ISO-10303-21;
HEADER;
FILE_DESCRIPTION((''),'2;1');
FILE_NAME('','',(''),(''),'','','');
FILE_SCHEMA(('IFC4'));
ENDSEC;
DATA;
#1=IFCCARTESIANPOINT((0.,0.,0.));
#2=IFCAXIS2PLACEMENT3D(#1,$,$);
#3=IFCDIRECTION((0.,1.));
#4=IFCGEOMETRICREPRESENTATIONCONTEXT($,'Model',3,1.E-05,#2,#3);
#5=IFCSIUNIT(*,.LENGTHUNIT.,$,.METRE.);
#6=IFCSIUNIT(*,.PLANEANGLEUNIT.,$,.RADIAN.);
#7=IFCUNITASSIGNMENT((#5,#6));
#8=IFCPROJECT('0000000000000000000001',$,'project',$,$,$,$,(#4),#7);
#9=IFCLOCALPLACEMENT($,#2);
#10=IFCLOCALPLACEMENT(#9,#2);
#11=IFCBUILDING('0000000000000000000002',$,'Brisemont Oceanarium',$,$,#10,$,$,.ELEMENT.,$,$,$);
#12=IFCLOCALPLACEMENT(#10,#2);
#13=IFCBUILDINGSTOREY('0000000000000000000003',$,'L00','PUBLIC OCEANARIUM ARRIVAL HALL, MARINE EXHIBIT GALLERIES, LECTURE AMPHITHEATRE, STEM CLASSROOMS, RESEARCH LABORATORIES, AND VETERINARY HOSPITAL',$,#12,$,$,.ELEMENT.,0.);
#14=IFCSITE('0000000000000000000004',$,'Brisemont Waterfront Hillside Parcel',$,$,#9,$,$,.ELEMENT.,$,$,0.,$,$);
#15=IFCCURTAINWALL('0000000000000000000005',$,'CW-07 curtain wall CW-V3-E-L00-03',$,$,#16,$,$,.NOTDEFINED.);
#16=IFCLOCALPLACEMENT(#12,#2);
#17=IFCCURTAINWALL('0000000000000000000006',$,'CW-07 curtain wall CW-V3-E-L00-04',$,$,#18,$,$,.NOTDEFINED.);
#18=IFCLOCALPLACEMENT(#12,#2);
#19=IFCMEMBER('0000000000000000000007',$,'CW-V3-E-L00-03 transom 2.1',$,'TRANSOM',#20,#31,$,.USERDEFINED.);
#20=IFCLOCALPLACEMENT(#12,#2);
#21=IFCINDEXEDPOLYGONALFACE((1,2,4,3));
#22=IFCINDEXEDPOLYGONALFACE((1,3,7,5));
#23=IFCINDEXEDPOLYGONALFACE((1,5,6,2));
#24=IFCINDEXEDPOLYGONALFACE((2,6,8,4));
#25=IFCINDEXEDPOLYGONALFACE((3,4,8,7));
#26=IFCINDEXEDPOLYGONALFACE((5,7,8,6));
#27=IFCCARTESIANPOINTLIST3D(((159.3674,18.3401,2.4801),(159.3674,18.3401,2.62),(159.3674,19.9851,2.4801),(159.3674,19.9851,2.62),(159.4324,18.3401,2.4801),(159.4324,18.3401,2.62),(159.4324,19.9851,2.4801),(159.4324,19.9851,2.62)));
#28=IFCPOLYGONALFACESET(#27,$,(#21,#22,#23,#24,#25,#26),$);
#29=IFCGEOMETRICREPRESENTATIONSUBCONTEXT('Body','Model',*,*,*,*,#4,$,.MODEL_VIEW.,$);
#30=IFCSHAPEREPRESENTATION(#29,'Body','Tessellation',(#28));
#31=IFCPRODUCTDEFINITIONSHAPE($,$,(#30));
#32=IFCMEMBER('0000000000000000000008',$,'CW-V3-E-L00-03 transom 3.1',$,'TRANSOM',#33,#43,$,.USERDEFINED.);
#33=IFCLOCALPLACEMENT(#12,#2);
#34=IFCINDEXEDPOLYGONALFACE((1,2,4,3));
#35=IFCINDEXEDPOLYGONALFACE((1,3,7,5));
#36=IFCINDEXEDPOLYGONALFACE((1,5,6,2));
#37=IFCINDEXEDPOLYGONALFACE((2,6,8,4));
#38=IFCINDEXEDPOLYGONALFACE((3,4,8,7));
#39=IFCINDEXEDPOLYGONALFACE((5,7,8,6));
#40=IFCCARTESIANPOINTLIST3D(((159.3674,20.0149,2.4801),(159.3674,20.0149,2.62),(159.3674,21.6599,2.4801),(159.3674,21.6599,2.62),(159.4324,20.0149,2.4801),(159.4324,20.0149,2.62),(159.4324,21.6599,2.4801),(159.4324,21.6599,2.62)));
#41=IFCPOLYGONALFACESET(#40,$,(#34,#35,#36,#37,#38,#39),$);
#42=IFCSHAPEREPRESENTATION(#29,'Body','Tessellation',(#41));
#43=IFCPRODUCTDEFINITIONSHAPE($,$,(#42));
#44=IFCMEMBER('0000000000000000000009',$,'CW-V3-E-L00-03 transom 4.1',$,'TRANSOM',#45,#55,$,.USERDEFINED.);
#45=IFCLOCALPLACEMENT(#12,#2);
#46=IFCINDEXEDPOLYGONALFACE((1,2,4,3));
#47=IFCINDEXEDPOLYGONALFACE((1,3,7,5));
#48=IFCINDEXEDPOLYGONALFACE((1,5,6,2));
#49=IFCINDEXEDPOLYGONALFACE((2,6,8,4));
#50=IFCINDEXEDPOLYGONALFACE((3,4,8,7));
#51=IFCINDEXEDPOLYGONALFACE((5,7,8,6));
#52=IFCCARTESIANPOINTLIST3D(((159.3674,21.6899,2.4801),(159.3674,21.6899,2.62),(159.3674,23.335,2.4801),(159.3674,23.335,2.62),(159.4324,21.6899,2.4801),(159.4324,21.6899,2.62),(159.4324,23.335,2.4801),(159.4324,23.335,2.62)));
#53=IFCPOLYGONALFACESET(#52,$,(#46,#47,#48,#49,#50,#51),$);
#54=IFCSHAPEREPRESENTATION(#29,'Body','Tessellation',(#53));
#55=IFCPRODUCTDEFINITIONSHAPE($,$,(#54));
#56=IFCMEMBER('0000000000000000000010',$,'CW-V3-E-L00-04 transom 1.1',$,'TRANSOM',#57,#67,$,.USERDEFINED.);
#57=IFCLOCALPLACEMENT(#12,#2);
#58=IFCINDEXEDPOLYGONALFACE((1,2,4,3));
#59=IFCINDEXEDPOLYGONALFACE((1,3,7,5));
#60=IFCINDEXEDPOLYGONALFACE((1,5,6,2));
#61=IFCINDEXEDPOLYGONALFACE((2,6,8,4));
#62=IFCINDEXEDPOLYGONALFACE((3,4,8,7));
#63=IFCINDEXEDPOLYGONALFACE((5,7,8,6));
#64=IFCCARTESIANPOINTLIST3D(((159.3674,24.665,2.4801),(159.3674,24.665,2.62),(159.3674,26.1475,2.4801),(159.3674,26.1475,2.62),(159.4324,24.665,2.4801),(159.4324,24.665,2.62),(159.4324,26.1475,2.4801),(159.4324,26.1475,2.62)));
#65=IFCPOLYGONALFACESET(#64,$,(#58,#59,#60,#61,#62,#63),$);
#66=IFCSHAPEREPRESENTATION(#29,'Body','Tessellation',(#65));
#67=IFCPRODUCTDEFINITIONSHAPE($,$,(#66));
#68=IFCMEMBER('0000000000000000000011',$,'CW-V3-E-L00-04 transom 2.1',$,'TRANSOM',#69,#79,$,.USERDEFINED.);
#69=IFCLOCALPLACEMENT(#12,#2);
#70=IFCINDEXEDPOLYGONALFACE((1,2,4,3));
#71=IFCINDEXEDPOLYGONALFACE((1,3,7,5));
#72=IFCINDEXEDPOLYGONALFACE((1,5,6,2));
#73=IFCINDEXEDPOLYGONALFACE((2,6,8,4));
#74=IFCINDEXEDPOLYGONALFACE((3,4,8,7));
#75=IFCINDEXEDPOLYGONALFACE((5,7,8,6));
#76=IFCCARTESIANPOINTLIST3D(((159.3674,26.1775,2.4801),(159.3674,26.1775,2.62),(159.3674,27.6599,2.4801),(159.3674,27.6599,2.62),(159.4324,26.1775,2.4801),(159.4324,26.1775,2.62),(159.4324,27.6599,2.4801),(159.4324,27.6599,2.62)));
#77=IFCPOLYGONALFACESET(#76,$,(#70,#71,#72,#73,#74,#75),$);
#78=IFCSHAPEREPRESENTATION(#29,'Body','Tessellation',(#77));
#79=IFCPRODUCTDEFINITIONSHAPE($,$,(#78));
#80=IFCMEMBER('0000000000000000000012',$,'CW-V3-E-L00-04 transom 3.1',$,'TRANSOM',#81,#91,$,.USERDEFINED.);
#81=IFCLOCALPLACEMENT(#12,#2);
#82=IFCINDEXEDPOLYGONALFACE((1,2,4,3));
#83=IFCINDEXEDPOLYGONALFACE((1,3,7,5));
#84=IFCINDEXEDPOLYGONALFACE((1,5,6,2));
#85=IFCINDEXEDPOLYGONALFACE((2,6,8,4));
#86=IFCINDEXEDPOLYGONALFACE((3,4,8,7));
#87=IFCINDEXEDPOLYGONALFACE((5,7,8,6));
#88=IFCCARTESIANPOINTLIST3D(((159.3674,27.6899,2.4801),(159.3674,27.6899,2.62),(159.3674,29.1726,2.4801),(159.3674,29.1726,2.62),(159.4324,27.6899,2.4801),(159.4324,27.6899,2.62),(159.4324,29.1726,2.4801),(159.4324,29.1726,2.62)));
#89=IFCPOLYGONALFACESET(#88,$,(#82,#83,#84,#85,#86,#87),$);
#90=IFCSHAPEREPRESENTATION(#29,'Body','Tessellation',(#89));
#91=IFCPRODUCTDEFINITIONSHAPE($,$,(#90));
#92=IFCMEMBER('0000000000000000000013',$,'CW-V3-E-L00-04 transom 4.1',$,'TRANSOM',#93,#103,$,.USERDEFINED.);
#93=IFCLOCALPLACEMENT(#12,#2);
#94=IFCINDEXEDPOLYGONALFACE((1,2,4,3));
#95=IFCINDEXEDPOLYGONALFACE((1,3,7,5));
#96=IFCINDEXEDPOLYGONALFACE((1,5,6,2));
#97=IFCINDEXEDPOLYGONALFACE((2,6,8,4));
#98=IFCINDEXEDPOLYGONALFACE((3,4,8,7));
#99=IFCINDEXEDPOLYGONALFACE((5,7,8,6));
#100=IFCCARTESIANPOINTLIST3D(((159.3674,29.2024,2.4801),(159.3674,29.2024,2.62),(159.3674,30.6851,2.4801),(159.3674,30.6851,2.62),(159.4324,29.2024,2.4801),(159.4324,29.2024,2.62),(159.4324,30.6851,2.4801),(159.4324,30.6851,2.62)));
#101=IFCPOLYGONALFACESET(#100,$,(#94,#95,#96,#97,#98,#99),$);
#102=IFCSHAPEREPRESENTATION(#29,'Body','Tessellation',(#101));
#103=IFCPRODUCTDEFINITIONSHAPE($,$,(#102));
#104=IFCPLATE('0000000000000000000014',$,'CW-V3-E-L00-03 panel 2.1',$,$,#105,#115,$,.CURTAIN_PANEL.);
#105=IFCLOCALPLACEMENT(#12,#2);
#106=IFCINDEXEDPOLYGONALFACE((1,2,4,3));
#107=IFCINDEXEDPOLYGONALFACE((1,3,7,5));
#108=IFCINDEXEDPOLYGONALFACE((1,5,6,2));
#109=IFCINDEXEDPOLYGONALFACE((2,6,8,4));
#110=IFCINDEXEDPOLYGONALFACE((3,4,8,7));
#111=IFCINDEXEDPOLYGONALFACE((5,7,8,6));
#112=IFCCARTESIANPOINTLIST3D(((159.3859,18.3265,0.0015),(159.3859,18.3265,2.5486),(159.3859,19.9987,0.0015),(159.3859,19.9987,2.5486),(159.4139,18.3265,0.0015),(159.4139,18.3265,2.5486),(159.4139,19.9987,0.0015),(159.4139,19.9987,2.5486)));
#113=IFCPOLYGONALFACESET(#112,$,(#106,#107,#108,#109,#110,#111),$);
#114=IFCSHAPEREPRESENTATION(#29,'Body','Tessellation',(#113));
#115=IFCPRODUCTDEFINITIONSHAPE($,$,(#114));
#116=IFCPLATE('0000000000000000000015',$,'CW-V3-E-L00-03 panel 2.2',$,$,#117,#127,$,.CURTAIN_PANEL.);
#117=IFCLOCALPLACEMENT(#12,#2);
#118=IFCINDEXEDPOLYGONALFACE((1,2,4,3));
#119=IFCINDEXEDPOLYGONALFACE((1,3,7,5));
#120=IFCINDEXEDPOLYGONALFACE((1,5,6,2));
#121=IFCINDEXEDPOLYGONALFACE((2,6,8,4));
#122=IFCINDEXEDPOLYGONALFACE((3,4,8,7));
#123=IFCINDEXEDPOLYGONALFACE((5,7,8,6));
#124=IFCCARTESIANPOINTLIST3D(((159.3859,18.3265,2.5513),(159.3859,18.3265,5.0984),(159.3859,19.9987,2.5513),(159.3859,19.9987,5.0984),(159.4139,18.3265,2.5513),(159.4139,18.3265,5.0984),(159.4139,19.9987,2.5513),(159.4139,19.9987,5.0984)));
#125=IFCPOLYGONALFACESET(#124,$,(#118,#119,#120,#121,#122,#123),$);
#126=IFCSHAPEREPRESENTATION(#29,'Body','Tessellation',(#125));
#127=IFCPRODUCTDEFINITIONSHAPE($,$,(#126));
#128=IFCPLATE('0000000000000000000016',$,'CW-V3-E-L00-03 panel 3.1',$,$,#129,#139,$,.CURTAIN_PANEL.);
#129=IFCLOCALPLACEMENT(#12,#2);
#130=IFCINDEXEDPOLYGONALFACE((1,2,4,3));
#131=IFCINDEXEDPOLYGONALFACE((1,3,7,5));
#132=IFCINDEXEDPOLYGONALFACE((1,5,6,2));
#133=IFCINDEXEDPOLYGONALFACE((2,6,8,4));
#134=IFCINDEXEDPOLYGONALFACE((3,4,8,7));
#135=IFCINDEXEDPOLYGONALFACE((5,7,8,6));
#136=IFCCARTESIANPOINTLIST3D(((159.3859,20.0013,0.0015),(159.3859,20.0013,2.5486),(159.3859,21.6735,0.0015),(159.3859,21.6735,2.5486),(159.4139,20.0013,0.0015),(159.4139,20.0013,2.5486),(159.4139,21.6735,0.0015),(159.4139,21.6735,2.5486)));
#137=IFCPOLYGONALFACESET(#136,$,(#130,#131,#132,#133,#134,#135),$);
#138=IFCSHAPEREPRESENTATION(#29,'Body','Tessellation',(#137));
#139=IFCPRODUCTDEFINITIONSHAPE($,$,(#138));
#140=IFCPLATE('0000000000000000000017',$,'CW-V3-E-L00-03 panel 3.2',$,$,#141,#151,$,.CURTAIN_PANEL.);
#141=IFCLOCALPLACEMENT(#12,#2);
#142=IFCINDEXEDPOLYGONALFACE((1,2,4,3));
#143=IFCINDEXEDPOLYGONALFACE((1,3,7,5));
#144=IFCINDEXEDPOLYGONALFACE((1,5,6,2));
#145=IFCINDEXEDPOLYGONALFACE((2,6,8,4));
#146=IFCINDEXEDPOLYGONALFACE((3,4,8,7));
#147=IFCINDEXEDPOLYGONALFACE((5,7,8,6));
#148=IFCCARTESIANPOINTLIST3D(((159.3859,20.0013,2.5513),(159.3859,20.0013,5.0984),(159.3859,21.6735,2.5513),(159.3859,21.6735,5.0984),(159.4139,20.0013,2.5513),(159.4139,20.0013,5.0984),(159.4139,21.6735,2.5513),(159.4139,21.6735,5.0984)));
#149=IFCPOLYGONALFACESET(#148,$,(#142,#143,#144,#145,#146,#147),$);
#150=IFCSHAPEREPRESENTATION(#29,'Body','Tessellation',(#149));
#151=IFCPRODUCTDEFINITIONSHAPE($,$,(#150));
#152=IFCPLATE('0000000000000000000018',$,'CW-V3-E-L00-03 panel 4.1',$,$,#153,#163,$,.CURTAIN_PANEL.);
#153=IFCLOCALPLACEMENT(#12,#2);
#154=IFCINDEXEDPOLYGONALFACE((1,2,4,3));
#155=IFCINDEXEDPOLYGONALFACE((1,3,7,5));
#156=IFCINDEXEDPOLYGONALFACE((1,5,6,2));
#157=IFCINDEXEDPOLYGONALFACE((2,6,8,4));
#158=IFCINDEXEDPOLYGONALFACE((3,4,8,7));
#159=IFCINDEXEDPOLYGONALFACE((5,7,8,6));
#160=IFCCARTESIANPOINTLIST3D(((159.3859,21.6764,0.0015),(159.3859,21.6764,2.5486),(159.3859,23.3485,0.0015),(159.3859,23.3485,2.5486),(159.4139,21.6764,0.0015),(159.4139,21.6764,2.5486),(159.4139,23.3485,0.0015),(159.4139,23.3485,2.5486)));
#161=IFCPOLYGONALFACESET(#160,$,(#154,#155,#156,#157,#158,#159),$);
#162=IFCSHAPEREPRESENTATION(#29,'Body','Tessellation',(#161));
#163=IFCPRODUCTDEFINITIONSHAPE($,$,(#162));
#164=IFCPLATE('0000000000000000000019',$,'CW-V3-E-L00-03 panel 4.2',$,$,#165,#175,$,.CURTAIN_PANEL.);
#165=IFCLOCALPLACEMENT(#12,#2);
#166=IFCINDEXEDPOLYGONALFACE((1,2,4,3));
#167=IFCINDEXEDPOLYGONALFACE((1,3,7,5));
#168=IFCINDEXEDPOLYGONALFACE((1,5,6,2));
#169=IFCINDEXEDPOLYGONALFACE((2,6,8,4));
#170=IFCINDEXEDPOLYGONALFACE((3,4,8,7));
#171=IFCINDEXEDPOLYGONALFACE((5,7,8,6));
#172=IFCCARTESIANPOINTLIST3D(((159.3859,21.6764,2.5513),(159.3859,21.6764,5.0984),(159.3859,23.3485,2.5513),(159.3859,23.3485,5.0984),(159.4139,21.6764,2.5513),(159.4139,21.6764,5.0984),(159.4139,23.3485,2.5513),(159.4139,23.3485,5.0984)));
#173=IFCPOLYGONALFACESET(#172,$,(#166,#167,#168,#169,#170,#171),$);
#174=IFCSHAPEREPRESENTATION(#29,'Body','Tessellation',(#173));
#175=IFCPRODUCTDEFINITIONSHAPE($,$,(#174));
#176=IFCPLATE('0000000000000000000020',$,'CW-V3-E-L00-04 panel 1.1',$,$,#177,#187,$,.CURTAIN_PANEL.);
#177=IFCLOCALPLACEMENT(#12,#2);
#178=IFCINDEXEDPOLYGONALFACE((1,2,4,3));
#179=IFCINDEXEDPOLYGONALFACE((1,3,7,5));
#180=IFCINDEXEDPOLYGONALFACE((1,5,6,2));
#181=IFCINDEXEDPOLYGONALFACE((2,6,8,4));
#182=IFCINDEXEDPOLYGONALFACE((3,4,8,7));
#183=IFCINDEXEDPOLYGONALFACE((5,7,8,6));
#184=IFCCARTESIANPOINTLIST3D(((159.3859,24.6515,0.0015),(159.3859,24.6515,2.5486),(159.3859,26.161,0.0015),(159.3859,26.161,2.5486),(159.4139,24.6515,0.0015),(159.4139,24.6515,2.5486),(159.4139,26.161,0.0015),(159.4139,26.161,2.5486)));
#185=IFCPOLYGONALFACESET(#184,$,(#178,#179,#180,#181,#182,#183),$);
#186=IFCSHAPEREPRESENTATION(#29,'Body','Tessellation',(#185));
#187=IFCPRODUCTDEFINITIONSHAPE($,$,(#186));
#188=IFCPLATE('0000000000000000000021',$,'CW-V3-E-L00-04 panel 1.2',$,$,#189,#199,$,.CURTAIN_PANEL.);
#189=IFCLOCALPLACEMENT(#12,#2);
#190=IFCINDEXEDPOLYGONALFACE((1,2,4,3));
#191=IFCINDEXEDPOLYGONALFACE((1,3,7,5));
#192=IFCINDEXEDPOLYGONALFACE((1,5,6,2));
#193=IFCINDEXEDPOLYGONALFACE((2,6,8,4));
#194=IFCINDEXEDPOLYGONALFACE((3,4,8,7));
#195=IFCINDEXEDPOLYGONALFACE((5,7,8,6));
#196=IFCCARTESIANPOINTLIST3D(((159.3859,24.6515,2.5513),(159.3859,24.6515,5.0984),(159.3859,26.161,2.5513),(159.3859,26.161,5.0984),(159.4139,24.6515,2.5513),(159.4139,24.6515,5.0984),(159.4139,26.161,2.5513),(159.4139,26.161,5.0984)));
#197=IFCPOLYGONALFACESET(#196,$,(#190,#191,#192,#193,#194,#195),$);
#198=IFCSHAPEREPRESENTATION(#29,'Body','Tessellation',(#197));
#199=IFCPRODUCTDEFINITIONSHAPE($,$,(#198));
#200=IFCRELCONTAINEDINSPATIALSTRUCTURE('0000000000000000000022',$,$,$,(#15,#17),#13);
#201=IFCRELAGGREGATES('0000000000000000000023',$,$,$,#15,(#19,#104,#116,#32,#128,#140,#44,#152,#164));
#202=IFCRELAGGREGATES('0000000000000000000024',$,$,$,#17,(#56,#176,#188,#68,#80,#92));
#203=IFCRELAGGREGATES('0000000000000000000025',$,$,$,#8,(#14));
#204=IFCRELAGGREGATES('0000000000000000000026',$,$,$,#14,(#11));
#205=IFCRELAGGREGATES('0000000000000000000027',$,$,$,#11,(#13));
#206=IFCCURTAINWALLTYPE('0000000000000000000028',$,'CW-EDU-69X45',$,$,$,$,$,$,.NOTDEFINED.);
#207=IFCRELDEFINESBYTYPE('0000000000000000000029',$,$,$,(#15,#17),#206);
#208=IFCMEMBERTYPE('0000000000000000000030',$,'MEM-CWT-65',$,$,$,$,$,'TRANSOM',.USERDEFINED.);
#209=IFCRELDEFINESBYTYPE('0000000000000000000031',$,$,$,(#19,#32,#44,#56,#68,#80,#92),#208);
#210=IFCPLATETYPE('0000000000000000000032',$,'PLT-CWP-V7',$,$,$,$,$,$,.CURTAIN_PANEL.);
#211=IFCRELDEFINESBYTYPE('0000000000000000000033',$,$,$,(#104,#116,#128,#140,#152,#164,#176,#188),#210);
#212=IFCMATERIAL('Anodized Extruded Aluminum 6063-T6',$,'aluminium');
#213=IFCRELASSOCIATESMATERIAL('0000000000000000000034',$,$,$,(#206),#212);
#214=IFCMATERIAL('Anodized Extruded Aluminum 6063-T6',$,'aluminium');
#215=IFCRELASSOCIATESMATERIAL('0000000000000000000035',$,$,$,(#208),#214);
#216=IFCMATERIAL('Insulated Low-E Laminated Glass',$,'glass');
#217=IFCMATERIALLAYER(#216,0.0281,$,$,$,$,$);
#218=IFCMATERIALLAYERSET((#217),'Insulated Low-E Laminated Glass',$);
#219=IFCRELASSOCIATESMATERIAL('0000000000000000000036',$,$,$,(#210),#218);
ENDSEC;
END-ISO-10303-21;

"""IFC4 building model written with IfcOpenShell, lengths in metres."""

from ifc_helpers import new_model, si_unit, direction, frame, origin, origin_2d, place, context, subcontext, project, spatial, rectangle, extrude, material, layer, layer_set, material_profile, profile_set, type_object, element, aggregate, save


model = new_model("IFC4")

# Units and contexts
model_context = context("Model", 3, precision=1e-05, world=origin(), true_north=direction((0.0, 1.0)))
body_context = subcontext(model_context, "Body", "Model", "MODEL_VIEW")
ifc_project = project(units=[si_unit("LENGTHUNIT", "METRE"), si_unit("PLANEANGLEUNIT", "RADIAN")], contexts=[model_context])

# Site, building, storey
site_placement = place(None, origin())
site = spatial("IfcSite", under=ifc_project, at=site_placement, Name="Brisemont Waterfront Hillside Parcel", CompositionType="ELEMENT", RefElevation=0.0)
building_placement = place(site_placement, origin())
building = spatial("IfcBuilding", under=site, at=building_placement, Name="Brisemont Oceanarium", CompositionType="ELEMENT")
storey_placement = place(building_placement, origin())
storey = spatial("IfcBuildingStorey", under=building, at=storey_placement, Name="L00", Description="PUBLIC OCEANARIUM ARRIVAL HALL, MARINE EXHIBIT GALLERIES, LECTURE AMPHITHEATRE, STEM CLASSROOMS, RESEARCH LABORATORIES, AND VETERINARY HOSPITAL", CompositionType="ELEMENT", Elevation=0.0)

# Curtain walls
ifc_material_1 = material(Name="Anodized Extruded Aluminum 6063-T6", Category="aluminium")
curtain_wall_type = type_object("IfcCurtainWallType", Name="CW-EDU-69X45", PredefinedType="NOTDEFINED", material=ifc_material_1)
curtain_wall_1_placement = place(storey_placement, origin())
curtain_wall_1 = element("IfcCurtainWall", 1, at=curtain_wall_1_placement, inside=storey, type_object=curtain_wall_type, Name="CW-07 curtain wall CW-V3-E-L00-03", PredefinedType="NOTDEFINED")
curtain_wall_2_placement = place(storey_placement, origin())
curtain_wall_2 = element("IfcCurtainWall", 2, at=curtain_wall_2_placement, inside=storey, type_object=curtain_wall_type, Name="CW-07 curtain wall CW-V3-E-L00-04", PredefinedType="NOTDEFINED")

# Members
ifc_material_2 = material(Name="Anodized Extruded Aluminum 6063-T6", Category="aluminium")
ifc_material_profile_1 = material_profile(ifc_material_2, rectangle(XDim=0.0649, YDim=0.1399, at=origin_2d()), Name="CWT-65X140")
ifc_profile_set_1 = profile_set([ifc_material_profile_1], Name="Anodized Extruded Aluminum 6063-T6")
member_type_1 = type_object("IfcMemberType", Name="MEM-CWT-65", ElementType="TRANSOM", PredefinedType="USERDEFINED", material=ifc_profile_set_1)
member_1_placement = place(storey_placement, frame((159.3999, 18.3401, 2.55), z_axis=(0.0, 1.0, 0.0), x_axis=(-1.0, 0.0, 0.0)))
member_1 = element("IfcMember", 3, at=member_1_placement, type_object=member_type_1, Name="CW-V3-E-L00-03 transom 2.1", ObjectType="TRANSOM", PredefinedType="USERDEFINED", context=body_context, shape_type="SweptSolid", body=[
    extrude(rectangle(XDim=0.0649, YDim=0.1399, at=origin_2d()), origin(), (0.0, 0.0, 1.0), 1.645),
])
member_2_placement = place(storey_placement, frame((159.3999, 20.0149, 2.55), z_axis=(0.0, 1.0, 0.0), x_axis=(-1.0, 0.0, 0.0)))
member_2 = element("IfcMember", 4, at=member_2_placement, type_object=member_type_1, Name="CW-V3-E-L00-03 transom 3.1", ObjectType="TRANSOM", PredefinedType="USERDEFINED", context=body_context, shape_type="SweptSolid", body=[
    extrude(rectangle(XDim=0.0649, YDim=0.1399, at=origin_2d()), origin(), (0.0, 0.0, 1.0), 1.645),
])
member_3_placement = place(storey_placement, frame((159.3999, 21.6899, 2.55), z_axis=(0.0, 1.0, 0.0), x_axis=(-1.0, 0.0, 0.0)))
member_3 = element("IfcMember", 5, at=member_3_placement, type_object=member_type_1, Name="CW-V3-E-L00-03 transom 4.1", ObjectType="TRANSOM", PredefinedType="USERDEFINED", context=body_context, shape_type="SweptSolid", body=[
    extrude(rectangle(XDim=0.0649, YDim=0.1399, at=origin_2d()), origin(), (0.0, 0.0, 1.0), 1.645),
])
member_4_placement = place(storey_placement, frame((159.3999, 24.665, 2.55), z_axis=(0.0, 1.0, 0.0), x_axis=(-1.0, 0.0, 0.0)))
member_4 = element("IfcMember", 6, at=member_4_placement, type_object=member_type_1, Name="CW-V3-E-L00-04 transom 1.1", ObjectType="TRANSOM", PredefinedType="USERDEFINED", context=body_context, shape_type="SweptSolid", body=[
    extrude(rectangle(XDim=0.0649, YDim=0.1399, at=origin_2d()), origin(), (0.0, 0.0, 1.0), 1.4824),
])
member_5_placement = place(storey_placement, frame((159.3999, 26.1775, 2.55), z_axis=(0.0, 1.0, 0.0), x_axis=(-1.0, 0.0, 0.0)))
member_5 = element("IfcMember", 7, at=member_5_placement, type_object=member_type_1, Name="CW-V3-E-L00-04 transom 2.1", ObjectType="TRANSOM", PredefinedType="USERDEFINED", context=body_context, shape_type="SweptSolid", body=[
    extrude(rectangle(XDim=0.0649, YDim=0.1399, at=origin_2d()), origin(), (0.0, 0.0, 1.0), 1.4824),
])
member_6_placement = place(storey_placement, frame((159.3999, 27.6899, 2.55), z_axis=(0.0, 1.0, 0.0), x_axis=(-1.0, 0.0, 0.0)))
member_6 = element("IfcMember", 8, at=member_6_placement, type_object=member_type_1, Name="CW-V3-E-L00-04 transom 3.1", ObjectType="TRANSOM", PredefinedType="USERDEFINED", context=body_context, shape_type="SweptSolid", body=[
    extrude(rectangle(XDim=0.0649, YDim=0.1399, at=origin_2d()), origin(), (0.0, 0.0, 1.0), 1.4827),
])
member_7_placement = place(storey_placement, frame((159.3999, 29.2024, 2.55), z_axis=(0.0, 1.0, 0.0), x_axis=(-1.0, 0.0, 0.0)))
member_7 = element("IfcMember", 9, at=member_7_placement, type_object=member_type_1, Name="CW-V3-E-L00-04 transom 4.1", ObjectType="TRANSOM", PredefinedType="USERDEFINED", context=body_context, shape_type="SweptSolid", body=[
    extrude(rectangle(XDim=0.0649, YDim=0.1399, at=origin_2d()), origin(), (0.0, 0.0, 1.0), 1.4827),
])

# Plates
ifc_material_3 = material(Name="Insulated Low-E Laminated Glass", Category="glass")
ifc_layer = layer(ifc_material_3, 0.0281)
ifc_layer_set = layer_set([ifc_layer], Name="Insulated Low-E Laminated Glass")
plate_type = type_object("IfcPlateType", Name="PLT-CWP-V7", PredefinedType="CURTAIN_PANEL", material=ifc_layer_set)
plate_1_placement = place(storey_placement, frame((159.3999, 19.1626, 0.0015), z_axis=(0.0, 0.0, 1.0), x_axis=(0.0, 1.0, 0.0)))
plate_1 = element("IfcPlate", 10, at=plate_1_placement, type_object=plate_type, Name="CW-V3-E-L00-03 panel 2.1", PredefinedType="CURTAIN_PANEL", context=body_context, shape_type="SweptSolid", body=[
    extrude(rectangle(XDim=1.6721, YDim=0.0281, at=origin_2d()), origin(), (0.0, 0.0, 1.0), 2.5471),
])
plate_2_placement = place(storey_placement, frame((159.3999, 19.1626, 2.5513), z_axis=(0.0, 0.0, 1.0), x_axis=(0.0, 1.0, 0.0)))
plate_2 = element("IfcPlate", 11, at=plate_2_placement, type_object=plate_type, Name="CW-V3-E-L00-03 panel 2.2", PredefinedType="CURTAIN_PANEL", context=body_context, shape_type="SweptSolid", body=[
    extrude(rectangle(XDim=1.6721, YDim=0.0281, at=origin_2d()), origin(), (0.0, 0.0, 1.0), 2.5471),
])
plate_3_placement = place(storey_placement, frame((159.3999, 20.8374, 0.0015), z_axis=(0.0, 0.0, 1.0), x_axis=(0.0, 1.0, 0.0)))
plate_3 = element("IfcPlate", 12, at=plate_3_placement, type_object=plate_type, Name="CW-V3-E-L00-03 panel 3.1", PredefinedType="CURTAIN_PANEL", context=body_context, shape_type="SweptSolid", body=[
    extrude(rectangle(XDim=1.6721, YDim=0.0281, at=origin_2d()), origin(), (0.0, 0.0, 1.0), 2.5471),
])
plate_4_placement = place(storey_placement, frame((159.3999, 20.8374, 2.5513), z_axis=(0.0, 0.0, 1.0), x_axis=(0.0, 1.0, 0.0)))
plate_4 = element("IfcPlate", 13, at=plate_4_placement, type_object=plate_type, Name="CW-V3-E-L00-03 panel 3.2", PredefinedType="CURTAIN_PANEL", context=body_context, shape_type="SweptSolid", body=[
    extrude(rectangle(XDim=1.6721, YDim=0.0281, at=origin_2d()), origin(), (0.0, 0.0, 1.0), 2.5471),
])
plate_5_placement = place(storey_placement, frame((159.3999, 22.5125, 0.0015), z_axis=(0.0, 0.0, 1.0), x_axis=(0.0, 1.0, 0.0)))
plate_5 = element("IfcPlate", 14, at=plate_5_placement, type_object=plate_type, Name="CW-V3-E-L00-03 panel 4.1", PredefinedType="CURTAIN_PANEL", context=body_context, shape_type="SweptSolid", body=[
    extrude(rectangle(XDim=1.6721, YDim=0.0281, at=origin_2d()), origin(), (0.0, 0.0, 1.0), 2.5471),
])
plate_6_placement = place(storey_placement, frame((159.3999, 22.5125, 2.5513), z_axis=(0.0, 0.0, 1.0), x_axis=(0.0, 1.0, 0.0)))
plate_6 = element("IfcPlate", 15, at=plate_6_placement, type_object=plate_type, Name="CW-V3-E-L00-03 panel 4.2", PredefinedType="CURTAIN_PANEL", context=body_context, shape_type="SweptSolid", body=[
    extrude(rectangle(XDim=1.6721, YDim=0.0281, at=origin_2d()), origin(), (0.0, 0.0, 1.0), 2.5471),
])
aggregate(curtain_wall_1, [member_1, plate_1, plate_2, member_2, plate_3, plate_4, member_3, plate_5, plate_6])
plate_7_placement = place(storey_placement, frame((159.3999, 25.4062, 0.0015), z_axis=(0.0, 0.0, 1.0), x_axis=(0.0, 1.0, 0.0)))
plate_7 = element("IfcPlate", 16, at=plate_7_placement, type_object=plate_type, Name="CW-V3-E-L00-04 panel 1.1", PredefinedType="CURTAIN_PANEL", context=body_context, shape_type="SweptSolid", body=[
    extrude(rectangle(XDim=1.5095, YDim=0.0281, at=origin_2d()), origin(), (0.0, 0.0, 1.0), 2.5471),
])
plate_8_placement = place(storey_placement, frame((159.3999, 25.4062, 2.5513), z_axis=(0.0, 0.0, 1.0), x_axis=(0.0, 1.0, 0.0)))
plate_8 = element("IfcPlate", 17, at=plate_8_placement, type_object=plate_type, Name="CW-V3-E-L00-04 panel 1.2", PredefinedType="CURTAIN_PANEL", context=body_context, shape_type="SweptSolid", body=[
    extrude(rectangle(XDim=1.5095, YDim=0.0281, at=origin_2d()), origin(), (0.0, 0.0, 1.0), 2.5471),
])
aggregate(curtain_wall_2, [member_4, plate_7, plate_8, member_5, member_6, member_7])

save(model, "model.ifc")
